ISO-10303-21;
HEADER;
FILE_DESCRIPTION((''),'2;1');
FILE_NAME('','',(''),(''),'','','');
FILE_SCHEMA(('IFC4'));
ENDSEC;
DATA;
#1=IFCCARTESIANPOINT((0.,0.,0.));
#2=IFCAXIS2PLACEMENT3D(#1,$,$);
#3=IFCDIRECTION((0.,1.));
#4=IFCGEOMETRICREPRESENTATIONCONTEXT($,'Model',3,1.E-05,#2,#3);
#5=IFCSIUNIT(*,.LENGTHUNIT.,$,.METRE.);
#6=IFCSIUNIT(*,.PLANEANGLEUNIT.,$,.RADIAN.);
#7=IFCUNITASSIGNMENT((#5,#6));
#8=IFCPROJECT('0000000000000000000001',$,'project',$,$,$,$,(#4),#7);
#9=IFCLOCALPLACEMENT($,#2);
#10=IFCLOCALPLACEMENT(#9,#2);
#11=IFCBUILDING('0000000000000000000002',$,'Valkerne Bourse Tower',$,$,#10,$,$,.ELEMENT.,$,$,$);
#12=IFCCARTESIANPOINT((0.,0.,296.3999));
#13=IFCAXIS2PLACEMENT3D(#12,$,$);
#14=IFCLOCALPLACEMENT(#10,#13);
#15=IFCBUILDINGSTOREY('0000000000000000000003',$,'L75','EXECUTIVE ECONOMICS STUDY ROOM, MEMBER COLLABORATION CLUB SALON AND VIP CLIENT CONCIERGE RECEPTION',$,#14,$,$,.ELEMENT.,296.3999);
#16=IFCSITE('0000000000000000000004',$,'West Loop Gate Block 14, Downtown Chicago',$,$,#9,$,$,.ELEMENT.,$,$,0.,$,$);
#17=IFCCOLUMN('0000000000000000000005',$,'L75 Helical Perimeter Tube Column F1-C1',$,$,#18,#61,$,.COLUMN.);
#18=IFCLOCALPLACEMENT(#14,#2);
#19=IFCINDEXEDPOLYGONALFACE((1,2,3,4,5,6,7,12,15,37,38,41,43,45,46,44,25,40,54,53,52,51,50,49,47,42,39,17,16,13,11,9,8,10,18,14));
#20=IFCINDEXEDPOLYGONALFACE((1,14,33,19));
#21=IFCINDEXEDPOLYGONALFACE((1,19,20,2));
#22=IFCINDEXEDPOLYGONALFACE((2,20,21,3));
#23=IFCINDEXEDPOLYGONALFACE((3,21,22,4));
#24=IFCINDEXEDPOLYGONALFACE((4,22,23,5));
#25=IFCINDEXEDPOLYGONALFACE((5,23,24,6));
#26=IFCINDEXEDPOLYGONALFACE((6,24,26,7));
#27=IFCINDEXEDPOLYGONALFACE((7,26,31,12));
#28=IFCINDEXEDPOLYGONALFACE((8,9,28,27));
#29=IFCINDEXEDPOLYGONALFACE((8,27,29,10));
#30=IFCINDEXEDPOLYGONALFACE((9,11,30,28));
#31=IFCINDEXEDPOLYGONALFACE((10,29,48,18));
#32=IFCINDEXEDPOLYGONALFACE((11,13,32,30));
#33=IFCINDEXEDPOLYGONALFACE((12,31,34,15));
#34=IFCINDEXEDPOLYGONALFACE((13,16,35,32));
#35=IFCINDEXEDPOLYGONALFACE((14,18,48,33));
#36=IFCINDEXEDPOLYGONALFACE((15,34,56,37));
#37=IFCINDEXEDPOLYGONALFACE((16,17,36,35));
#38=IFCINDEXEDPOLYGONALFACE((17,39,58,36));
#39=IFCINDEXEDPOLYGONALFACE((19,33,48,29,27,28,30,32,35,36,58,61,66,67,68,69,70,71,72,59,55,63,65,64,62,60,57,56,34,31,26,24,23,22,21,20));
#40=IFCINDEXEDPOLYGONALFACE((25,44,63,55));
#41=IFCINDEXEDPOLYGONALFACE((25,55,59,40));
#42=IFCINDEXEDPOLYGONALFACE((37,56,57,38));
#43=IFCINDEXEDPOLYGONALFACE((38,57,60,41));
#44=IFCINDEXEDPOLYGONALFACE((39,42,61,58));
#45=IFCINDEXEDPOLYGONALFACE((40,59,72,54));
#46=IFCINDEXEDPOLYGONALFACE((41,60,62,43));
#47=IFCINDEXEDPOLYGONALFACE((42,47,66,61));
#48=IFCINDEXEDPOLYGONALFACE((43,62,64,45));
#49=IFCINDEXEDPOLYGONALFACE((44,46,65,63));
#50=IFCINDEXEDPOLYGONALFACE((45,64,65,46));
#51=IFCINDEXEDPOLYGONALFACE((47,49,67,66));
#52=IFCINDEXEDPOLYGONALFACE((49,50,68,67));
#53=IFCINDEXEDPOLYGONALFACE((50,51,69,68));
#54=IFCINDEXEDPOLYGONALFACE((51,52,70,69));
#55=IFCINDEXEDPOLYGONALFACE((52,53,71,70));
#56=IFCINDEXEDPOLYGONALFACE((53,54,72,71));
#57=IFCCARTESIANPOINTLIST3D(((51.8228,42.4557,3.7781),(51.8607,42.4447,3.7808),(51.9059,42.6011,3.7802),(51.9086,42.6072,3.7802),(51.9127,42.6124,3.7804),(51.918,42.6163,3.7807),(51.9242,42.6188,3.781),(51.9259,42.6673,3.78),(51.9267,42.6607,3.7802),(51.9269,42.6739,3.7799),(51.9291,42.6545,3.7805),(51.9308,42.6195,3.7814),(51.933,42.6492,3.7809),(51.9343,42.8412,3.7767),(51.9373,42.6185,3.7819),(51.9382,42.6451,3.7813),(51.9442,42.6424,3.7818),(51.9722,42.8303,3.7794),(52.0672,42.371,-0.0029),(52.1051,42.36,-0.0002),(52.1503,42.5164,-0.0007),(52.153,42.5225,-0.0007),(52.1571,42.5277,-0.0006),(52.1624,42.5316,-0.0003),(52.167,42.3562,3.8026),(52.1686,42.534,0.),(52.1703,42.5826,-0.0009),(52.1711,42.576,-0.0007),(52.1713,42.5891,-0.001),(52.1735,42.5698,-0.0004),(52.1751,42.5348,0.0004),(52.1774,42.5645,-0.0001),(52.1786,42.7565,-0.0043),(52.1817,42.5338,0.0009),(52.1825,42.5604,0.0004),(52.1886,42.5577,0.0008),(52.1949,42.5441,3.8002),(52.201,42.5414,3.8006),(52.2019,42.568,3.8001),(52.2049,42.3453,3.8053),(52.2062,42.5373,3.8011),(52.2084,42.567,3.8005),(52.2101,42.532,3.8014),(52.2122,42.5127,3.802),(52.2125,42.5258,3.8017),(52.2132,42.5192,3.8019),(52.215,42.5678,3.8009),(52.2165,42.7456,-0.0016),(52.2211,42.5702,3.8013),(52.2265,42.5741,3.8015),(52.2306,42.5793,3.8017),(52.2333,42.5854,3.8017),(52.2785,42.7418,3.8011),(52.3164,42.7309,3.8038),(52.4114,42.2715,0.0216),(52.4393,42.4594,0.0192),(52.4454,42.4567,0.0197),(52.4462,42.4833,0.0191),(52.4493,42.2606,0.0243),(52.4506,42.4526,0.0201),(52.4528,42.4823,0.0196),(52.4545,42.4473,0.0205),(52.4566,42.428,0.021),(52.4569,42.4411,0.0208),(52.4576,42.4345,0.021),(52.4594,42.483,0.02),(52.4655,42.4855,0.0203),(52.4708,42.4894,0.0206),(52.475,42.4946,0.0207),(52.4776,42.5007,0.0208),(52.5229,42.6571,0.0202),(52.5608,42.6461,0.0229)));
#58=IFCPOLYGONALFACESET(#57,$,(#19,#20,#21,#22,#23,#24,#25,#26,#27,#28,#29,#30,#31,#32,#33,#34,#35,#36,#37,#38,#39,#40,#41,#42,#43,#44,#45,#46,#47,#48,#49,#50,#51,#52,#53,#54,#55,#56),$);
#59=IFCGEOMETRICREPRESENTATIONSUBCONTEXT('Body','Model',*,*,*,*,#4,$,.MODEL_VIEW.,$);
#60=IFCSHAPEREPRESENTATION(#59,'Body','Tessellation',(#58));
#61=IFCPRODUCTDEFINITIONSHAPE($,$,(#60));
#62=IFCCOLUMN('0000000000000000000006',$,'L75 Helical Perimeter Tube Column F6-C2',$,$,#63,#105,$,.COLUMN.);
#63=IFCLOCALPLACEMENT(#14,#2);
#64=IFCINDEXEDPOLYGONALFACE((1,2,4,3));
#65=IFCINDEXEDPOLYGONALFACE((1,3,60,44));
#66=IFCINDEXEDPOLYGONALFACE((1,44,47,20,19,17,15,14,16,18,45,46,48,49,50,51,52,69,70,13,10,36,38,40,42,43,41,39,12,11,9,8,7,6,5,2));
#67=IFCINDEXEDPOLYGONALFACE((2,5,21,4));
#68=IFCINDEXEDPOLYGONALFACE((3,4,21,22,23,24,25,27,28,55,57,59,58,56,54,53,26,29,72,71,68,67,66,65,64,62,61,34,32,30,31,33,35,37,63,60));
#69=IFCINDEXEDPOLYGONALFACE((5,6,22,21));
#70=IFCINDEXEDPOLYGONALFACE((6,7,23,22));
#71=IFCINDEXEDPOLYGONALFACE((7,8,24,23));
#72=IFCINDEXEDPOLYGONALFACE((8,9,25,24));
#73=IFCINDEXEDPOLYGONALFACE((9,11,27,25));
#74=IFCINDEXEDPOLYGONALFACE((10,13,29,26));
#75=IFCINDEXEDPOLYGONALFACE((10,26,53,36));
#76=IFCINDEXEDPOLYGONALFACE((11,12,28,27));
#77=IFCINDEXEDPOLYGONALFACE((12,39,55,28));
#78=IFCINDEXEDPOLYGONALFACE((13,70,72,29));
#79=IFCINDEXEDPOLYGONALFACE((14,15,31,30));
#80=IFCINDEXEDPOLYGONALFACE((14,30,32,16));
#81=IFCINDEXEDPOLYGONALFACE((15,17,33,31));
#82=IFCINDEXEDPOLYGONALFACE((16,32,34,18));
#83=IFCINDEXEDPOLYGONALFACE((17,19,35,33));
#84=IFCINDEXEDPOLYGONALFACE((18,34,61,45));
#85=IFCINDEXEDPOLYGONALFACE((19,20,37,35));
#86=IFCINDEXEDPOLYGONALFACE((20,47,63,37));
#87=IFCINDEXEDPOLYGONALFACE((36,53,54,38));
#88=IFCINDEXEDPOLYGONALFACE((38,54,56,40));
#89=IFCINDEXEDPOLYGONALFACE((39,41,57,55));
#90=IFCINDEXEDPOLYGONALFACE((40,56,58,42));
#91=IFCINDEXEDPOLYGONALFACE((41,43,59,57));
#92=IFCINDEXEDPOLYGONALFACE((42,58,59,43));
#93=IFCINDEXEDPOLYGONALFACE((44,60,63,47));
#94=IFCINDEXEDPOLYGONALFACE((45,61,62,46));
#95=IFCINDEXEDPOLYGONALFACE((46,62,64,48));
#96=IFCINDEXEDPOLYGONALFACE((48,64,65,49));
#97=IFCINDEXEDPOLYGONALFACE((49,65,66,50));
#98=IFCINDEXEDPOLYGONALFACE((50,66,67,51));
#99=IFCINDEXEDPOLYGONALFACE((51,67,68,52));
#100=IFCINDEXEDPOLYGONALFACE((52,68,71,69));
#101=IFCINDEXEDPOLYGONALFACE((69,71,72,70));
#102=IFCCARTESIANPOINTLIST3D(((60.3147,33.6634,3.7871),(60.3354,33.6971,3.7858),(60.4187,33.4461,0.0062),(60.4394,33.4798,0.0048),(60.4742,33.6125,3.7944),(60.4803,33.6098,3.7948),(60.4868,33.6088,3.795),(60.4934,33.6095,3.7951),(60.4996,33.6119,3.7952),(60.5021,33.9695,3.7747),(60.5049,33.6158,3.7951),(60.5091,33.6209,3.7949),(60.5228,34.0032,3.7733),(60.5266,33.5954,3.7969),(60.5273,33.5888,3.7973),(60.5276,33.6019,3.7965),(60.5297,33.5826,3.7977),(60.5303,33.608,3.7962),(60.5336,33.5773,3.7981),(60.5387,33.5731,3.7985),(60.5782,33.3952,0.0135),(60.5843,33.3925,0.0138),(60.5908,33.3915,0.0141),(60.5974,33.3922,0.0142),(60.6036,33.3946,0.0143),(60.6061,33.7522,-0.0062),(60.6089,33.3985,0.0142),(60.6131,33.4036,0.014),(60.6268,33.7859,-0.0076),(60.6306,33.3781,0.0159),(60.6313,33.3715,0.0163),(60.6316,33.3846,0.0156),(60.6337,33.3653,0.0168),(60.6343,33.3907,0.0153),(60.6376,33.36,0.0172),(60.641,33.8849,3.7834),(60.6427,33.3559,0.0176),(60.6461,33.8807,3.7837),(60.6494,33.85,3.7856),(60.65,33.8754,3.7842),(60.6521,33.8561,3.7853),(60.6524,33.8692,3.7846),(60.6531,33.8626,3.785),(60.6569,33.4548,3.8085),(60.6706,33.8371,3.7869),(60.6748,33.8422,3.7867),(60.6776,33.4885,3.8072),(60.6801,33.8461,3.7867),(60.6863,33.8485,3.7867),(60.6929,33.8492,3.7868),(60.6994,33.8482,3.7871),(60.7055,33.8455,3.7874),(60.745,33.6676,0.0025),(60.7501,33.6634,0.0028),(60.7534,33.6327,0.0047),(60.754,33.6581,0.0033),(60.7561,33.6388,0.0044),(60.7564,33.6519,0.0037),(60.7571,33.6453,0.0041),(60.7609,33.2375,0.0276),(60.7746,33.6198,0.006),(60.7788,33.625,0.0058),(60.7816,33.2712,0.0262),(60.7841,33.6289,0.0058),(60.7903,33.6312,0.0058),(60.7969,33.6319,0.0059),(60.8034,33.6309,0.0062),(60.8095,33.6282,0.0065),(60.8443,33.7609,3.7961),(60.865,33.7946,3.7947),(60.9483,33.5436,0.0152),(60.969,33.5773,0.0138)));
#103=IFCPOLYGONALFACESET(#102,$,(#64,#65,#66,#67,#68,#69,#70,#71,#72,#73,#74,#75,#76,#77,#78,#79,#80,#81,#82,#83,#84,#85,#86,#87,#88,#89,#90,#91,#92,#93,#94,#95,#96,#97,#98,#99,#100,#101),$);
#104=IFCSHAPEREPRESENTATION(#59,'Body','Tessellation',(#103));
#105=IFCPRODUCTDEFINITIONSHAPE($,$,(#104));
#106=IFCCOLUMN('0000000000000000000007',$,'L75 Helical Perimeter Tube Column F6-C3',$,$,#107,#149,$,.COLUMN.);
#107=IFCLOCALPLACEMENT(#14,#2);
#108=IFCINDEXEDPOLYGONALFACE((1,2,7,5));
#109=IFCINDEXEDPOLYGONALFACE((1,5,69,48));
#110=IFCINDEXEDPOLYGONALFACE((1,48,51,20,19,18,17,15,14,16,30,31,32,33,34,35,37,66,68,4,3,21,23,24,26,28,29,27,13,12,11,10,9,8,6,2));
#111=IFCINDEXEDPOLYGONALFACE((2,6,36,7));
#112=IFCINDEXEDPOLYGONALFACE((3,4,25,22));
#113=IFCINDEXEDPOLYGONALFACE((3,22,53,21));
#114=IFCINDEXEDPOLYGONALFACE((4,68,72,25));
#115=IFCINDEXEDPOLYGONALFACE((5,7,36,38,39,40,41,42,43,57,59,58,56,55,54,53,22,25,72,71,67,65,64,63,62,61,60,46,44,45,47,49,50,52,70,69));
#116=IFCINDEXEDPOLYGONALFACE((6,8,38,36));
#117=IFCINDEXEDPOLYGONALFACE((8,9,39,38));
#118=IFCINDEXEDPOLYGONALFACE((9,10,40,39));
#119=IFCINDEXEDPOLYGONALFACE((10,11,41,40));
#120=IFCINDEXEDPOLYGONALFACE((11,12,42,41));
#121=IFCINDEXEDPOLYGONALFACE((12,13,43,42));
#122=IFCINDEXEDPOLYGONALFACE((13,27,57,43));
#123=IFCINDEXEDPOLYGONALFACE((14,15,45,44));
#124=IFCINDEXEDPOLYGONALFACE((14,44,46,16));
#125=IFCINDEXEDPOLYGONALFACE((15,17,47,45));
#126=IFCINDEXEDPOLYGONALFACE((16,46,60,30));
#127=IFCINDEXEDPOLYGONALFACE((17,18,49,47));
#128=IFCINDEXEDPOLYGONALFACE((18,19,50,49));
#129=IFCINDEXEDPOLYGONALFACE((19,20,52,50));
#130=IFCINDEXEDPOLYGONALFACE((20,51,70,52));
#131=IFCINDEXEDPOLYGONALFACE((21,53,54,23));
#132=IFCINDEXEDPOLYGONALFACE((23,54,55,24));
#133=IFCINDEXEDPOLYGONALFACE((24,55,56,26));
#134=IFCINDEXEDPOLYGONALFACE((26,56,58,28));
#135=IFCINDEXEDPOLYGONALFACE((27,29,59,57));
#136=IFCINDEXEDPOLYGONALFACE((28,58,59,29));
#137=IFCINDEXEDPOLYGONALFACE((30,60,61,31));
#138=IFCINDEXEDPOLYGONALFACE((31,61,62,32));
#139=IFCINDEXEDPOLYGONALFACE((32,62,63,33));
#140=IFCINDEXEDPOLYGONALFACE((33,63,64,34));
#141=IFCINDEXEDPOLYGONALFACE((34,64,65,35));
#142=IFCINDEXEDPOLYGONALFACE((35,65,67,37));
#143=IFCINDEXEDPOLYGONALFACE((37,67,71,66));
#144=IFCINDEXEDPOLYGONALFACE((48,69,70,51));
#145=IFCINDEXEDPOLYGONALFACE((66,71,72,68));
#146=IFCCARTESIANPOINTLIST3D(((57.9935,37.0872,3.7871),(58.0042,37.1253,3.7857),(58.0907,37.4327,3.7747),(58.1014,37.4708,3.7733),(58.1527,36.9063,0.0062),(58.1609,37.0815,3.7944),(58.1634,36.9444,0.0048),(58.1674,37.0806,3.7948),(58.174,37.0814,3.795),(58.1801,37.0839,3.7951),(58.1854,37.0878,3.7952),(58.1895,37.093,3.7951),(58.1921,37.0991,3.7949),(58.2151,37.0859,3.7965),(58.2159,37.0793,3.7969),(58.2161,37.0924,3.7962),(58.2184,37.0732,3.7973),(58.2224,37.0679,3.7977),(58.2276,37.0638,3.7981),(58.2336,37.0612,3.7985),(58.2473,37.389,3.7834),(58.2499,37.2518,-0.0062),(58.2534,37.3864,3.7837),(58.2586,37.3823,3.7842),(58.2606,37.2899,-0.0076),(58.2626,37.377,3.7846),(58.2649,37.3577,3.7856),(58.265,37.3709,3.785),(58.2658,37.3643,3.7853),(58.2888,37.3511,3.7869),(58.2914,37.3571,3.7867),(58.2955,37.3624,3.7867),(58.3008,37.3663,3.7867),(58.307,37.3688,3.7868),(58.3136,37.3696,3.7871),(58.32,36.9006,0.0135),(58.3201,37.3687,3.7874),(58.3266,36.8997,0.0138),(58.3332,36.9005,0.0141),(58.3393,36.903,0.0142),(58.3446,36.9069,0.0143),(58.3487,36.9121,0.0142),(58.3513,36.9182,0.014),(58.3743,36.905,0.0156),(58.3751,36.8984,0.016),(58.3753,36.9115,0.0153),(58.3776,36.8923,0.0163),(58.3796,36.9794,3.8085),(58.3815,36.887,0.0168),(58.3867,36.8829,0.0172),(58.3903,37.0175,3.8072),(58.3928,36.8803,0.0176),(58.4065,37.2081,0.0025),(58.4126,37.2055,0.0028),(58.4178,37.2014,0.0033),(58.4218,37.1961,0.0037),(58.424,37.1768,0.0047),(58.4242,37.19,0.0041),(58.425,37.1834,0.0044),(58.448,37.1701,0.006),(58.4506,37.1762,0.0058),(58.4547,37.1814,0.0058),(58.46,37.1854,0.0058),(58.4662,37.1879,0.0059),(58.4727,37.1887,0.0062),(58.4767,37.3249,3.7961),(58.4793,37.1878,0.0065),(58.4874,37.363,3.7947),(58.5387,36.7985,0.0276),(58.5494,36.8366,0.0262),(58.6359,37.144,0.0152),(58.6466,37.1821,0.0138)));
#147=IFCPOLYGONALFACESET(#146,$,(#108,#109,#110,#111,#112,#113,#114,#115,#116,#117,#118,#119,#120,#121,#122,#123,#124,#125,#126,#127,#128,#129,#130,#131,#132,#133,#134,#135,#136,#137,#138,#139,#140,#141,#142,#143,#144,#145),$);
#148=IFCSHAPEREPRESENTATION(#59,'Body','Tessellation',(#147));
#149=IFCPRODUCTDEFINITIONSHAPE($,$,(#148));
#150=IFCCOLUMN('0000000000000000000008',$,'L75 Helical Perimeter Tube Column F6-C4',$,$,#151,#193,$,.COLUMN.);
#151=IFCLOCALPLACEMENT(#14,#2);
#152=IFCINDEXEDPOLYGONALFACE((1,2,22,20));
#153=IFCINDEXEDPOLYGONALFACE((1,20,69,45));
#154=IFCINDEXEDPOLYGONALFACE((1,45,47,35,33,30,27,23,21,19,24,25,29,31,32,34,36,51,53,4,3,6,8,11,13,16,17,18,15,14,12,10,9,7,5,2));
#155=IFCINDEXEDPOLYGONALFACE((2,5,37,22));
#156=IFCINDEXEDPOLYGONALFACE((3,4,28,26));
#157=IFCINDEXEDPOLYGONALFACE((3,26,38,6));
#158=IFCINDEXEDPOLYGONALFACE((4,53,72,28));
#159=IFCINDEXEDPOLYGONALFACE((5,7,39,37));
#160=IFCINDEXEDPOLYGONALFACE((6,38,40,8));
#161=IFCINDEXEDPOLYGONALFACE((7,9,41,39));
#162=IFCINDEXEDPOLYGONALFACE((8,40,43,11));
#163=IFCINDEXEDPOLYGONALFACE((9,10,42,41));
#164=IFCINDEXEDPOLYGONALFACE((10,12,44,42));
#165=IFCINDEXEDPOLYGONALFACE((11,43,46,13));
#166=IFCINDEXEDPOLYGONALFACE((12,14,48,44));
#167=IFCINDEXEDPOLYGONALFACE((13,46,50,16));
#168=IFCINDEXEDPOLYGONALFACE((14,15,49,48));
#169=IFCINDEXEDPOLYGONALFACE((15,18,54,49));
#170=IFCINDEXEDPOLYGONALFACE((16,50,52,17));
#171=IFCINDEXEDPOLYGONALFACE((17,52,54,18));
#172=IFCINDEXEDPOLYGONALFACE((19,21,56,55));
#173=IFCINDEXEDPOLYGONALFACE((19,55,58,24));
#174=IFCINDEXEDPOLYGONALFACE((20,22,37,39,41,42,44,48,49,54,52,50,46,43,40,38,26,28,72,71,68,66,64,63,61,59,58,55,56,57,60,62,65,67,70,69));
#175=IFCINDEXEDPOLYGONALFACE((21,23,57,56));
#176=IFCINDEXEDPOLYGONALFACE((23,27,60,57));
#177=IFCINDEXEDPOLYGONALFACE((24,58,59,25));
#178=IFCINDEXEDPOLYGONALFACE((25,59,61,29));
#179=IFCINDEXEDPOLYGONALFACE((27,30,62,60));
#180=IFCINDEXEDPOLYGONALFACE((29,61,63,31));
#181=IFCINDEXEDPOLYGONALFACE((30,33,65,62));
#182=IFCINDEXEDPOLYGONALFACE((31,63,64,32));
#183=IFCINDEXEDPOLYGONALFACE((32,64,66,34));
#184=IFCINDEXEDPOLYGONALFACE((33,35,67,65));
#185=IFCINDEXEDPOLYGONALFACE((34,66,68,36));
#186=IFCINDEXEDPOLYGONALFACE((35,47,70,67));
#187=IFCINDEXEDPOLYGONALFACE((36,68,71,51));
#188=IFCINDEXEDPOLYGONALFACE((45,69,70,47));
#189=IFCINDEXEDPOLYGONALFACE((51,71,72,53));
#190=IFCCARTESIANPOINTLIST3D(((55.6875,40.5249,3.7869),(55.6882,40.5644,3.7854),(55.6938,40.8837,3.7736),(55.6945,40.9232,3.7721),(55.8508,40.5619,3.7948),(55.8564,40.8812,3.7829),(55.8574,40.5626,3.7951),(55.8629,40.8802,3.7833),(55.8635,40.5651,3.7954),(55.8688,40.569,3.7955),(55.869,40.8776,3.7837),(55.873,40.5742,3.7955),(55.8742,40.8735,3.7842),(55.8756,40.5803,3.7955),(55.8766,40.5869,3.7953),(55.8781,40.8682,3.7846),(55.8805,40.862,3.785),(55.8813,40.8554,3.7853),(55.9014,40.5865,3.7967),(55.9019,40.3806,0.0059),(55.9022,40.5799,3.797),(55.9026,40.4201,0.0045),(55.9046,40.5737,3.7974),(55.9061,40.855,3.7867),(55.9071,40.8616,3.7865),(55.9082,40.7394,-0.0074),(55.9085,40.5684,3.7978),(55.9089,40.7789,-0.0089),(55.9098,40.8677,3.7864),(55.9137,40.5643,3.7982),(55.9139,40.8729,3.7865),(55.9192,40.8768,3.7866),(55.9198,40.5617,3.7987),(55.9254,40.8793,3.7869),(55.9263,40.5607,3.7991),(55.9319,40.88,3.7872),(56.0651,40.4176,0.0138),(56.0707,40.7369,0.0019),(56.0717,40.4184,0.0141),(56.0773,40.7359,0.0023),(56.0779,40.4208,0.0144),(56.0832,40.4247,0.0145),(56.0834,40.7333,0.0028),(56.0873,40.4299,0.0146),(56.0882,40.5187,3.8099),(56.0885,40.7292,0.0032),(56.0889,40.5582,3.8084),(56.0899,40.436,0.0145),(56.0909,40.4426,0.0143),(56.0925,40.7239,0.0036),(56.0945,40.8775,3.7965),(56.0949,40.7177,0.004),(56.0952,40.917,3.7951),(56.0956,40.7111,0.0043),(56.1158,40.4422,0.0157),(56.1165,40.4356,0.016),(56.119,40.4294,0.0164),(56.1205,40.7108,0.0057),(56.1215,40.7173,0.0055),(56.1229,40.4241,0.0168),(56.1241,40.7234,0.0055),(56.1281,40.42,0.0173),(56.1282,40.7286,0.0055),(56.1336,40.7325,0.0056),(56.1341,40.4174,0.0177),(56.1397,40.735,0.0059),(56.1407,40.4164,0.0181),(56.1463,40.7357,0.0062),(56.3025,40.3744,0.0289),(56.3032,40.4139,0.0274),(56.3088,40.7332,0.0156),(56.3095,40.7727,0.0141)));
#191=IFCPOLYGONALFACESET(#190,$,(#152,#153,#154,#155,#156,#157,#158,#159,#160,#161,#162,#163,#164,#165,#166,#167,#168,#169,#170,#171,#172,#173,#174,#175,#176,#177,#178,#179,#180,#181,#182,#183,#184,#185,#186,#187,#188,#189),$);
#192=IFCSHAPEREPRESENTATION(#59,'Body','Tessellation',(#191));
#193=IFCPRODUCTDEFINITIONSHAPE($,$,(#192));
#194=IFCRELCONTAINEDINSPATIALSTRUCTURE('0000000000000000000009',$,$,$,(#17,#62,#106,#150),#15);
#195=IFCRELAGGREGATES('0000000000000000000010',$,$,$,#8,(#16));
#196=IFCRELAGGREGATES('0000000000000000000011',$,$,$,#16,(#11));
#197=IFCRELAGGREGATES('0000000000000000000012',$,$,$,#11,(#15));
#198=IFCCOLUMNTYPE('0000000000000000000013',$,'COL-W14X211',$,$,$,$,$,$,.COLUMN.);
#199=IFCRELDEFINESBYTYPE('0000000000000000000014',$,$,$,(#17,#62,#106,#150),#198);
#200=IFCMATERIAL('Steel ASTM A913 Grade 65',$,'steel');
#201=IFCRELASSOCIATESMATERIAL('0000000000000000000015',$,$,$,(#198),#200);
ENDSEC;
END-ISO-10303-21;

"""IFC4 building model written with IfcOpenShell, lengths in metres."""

from ifc_helpers import new_model, si_unit, direction, frame, origin, origin_2d, place, context, subcontext, project, spatial, i_section, extrude, material, material_profile, profile_set, type_object, element, save


model = new_model("IFC4")

# Units and contexts
model_context = context("Model", 3, precision=1e-05, world=origin(), true_north=direction((0.0, 1.0)))
body_context = subcontext(model_context, "Body", "Model", "MODEL_VIEW")
ifc_project = project(units=[si_unit("LENGTHUNIT", "METRE"), si_unit("PLANEANGLEUNIT", "RADIAN")], contexts=[model_context])

# Site, building, storey
site_placement = place(None, origin())
site = spatial("IfcSite", under=ifc_project, at=site_placement, Name="West Loop Gate Block 14, Downtown Chicago", CompositionType="ELEMENT", RefElevation=0.0)
building_placement = place(site_placement, origin())
building = spatial("IfcBuilding", under=site, at=building_placement, Name="Valkerne Bourse Tower", CompositionType="ELEMENT")
storey_placement = place(building_placement, frame((0.0, 0.0, 296.3999)))
storey = spatial("IfcBuildingStorey", under=building, at=storey_placement, Name="L75", Description="EXECUTIVE ECONOMICS STUDY ROOM, MEMBER COLLABORATION CLUB SALON AND VIP CLIENT CONCIERGE RECEPTION", CompositionType="ELEMENT", Elevation=296.3999)

# Columns
ifc_material_1 = material(Name="Steel ASTM A913 Grade 65", Category="steel")
ifc_material_profile_1 = material_profile(ifc_material_1, i_section(OverallWidth=0.4014, OverallDepth=0.3987, WebThickness=0.0249, FlangeThickness=0.0396, FilletRadius=0.0254, at=origin_2d()), Name="W14X211")
ifc_profile_set_1 = profile_set([ifc_material_profile_1], Name="Steel ASTM A913 Grade 65")
column_type = type_object("IfcColumnType", Name="COL-W14X211", PredefinedType="COLUMN", material=ifc_profile_set_1)
column_1_placement = place(storey_placement, frame((52.314, 42.5085, 0.01), z_axis=(-0.064484, 0.022354, 0.997668), x_axis=(0.277749, 0.960647, -0.003572)))
element("IfcColumn", 1, at=column_1_placement, inside=storey, type_object=column_type, Name="L75 Helical Perimeter Tube Column F1-C1", PredefinedType="COLUMN", context=body_context, shape_type="SweptSolid", body=[
    extrude(i_section(OverallWidth=0.4014, OverallDepth=0.3987, WebThickness=0.0249, FlangeThickness=0.0396, FilletRadius=0.0254, at=origin_2d()), origin(), (0.0, 0.0, 1.0), 3.7898),
])
for number, where, z_axis, x_axis, name in (
    (2, (60.6938, 33.5117, 0.01), (-0.027451, 0.057351, 0.997977), (0.85262, -0.519804, 0.053325), "L75 Helical Perimeter Tube Column F6-C2"),
    (3, (58.3997, 37.0442, 0.01), (-0.042015, 0.04775, 0.997975), (0.961779, -0.268581, 0.053341), "L75 Helical Perimeter Tube Column F6-C3"),
):
    element("IfcColumn", number, at=place(storey_placement, frame(where, z_axis=z_axis, x_axis=x_axis)), inside=storey, type_object=column_type, Name=name, PredefinedType="COLUMN", context=body_context, shape_type="SweptSolid", body=[
        extrude(i_section(OverallWidth=0.4014, OverallDepth=0.3987, WebThickness=0.0249, FlangeThickness=0.0396, FilletRadius=0.0254, at=origin_2d()), origin(), (0.0, 0.0, 1.0), 3.7886),
    ])
column_2_placement = place(storey_placement, frame((56.1057, 40.5767, 0.01), z_axis=(-0.056561, 0.038072, 0.997673), x_axis=(0.998245, -0.015408, 0.057181)))
element("IfcColumn", 4, at=column_2_placement, inside=storey, type_object=column_type, Name="L75 Helical Perimeter Tube Column F6-C4", PredefinedType="COLUMN", context=body_context, shape_type="SweptSolid", body=[
    extrude(i_section(OverallWidth=0.4014, OverallDepth=0.3987, WebThickness=0.0249, FlangeThickness=0.0396, FilletRadius=0.0254, at=origin_2d()), origin(), (0.0, 0.0, 1.0), 3.7898),
])

save(model, "model.ifc")
